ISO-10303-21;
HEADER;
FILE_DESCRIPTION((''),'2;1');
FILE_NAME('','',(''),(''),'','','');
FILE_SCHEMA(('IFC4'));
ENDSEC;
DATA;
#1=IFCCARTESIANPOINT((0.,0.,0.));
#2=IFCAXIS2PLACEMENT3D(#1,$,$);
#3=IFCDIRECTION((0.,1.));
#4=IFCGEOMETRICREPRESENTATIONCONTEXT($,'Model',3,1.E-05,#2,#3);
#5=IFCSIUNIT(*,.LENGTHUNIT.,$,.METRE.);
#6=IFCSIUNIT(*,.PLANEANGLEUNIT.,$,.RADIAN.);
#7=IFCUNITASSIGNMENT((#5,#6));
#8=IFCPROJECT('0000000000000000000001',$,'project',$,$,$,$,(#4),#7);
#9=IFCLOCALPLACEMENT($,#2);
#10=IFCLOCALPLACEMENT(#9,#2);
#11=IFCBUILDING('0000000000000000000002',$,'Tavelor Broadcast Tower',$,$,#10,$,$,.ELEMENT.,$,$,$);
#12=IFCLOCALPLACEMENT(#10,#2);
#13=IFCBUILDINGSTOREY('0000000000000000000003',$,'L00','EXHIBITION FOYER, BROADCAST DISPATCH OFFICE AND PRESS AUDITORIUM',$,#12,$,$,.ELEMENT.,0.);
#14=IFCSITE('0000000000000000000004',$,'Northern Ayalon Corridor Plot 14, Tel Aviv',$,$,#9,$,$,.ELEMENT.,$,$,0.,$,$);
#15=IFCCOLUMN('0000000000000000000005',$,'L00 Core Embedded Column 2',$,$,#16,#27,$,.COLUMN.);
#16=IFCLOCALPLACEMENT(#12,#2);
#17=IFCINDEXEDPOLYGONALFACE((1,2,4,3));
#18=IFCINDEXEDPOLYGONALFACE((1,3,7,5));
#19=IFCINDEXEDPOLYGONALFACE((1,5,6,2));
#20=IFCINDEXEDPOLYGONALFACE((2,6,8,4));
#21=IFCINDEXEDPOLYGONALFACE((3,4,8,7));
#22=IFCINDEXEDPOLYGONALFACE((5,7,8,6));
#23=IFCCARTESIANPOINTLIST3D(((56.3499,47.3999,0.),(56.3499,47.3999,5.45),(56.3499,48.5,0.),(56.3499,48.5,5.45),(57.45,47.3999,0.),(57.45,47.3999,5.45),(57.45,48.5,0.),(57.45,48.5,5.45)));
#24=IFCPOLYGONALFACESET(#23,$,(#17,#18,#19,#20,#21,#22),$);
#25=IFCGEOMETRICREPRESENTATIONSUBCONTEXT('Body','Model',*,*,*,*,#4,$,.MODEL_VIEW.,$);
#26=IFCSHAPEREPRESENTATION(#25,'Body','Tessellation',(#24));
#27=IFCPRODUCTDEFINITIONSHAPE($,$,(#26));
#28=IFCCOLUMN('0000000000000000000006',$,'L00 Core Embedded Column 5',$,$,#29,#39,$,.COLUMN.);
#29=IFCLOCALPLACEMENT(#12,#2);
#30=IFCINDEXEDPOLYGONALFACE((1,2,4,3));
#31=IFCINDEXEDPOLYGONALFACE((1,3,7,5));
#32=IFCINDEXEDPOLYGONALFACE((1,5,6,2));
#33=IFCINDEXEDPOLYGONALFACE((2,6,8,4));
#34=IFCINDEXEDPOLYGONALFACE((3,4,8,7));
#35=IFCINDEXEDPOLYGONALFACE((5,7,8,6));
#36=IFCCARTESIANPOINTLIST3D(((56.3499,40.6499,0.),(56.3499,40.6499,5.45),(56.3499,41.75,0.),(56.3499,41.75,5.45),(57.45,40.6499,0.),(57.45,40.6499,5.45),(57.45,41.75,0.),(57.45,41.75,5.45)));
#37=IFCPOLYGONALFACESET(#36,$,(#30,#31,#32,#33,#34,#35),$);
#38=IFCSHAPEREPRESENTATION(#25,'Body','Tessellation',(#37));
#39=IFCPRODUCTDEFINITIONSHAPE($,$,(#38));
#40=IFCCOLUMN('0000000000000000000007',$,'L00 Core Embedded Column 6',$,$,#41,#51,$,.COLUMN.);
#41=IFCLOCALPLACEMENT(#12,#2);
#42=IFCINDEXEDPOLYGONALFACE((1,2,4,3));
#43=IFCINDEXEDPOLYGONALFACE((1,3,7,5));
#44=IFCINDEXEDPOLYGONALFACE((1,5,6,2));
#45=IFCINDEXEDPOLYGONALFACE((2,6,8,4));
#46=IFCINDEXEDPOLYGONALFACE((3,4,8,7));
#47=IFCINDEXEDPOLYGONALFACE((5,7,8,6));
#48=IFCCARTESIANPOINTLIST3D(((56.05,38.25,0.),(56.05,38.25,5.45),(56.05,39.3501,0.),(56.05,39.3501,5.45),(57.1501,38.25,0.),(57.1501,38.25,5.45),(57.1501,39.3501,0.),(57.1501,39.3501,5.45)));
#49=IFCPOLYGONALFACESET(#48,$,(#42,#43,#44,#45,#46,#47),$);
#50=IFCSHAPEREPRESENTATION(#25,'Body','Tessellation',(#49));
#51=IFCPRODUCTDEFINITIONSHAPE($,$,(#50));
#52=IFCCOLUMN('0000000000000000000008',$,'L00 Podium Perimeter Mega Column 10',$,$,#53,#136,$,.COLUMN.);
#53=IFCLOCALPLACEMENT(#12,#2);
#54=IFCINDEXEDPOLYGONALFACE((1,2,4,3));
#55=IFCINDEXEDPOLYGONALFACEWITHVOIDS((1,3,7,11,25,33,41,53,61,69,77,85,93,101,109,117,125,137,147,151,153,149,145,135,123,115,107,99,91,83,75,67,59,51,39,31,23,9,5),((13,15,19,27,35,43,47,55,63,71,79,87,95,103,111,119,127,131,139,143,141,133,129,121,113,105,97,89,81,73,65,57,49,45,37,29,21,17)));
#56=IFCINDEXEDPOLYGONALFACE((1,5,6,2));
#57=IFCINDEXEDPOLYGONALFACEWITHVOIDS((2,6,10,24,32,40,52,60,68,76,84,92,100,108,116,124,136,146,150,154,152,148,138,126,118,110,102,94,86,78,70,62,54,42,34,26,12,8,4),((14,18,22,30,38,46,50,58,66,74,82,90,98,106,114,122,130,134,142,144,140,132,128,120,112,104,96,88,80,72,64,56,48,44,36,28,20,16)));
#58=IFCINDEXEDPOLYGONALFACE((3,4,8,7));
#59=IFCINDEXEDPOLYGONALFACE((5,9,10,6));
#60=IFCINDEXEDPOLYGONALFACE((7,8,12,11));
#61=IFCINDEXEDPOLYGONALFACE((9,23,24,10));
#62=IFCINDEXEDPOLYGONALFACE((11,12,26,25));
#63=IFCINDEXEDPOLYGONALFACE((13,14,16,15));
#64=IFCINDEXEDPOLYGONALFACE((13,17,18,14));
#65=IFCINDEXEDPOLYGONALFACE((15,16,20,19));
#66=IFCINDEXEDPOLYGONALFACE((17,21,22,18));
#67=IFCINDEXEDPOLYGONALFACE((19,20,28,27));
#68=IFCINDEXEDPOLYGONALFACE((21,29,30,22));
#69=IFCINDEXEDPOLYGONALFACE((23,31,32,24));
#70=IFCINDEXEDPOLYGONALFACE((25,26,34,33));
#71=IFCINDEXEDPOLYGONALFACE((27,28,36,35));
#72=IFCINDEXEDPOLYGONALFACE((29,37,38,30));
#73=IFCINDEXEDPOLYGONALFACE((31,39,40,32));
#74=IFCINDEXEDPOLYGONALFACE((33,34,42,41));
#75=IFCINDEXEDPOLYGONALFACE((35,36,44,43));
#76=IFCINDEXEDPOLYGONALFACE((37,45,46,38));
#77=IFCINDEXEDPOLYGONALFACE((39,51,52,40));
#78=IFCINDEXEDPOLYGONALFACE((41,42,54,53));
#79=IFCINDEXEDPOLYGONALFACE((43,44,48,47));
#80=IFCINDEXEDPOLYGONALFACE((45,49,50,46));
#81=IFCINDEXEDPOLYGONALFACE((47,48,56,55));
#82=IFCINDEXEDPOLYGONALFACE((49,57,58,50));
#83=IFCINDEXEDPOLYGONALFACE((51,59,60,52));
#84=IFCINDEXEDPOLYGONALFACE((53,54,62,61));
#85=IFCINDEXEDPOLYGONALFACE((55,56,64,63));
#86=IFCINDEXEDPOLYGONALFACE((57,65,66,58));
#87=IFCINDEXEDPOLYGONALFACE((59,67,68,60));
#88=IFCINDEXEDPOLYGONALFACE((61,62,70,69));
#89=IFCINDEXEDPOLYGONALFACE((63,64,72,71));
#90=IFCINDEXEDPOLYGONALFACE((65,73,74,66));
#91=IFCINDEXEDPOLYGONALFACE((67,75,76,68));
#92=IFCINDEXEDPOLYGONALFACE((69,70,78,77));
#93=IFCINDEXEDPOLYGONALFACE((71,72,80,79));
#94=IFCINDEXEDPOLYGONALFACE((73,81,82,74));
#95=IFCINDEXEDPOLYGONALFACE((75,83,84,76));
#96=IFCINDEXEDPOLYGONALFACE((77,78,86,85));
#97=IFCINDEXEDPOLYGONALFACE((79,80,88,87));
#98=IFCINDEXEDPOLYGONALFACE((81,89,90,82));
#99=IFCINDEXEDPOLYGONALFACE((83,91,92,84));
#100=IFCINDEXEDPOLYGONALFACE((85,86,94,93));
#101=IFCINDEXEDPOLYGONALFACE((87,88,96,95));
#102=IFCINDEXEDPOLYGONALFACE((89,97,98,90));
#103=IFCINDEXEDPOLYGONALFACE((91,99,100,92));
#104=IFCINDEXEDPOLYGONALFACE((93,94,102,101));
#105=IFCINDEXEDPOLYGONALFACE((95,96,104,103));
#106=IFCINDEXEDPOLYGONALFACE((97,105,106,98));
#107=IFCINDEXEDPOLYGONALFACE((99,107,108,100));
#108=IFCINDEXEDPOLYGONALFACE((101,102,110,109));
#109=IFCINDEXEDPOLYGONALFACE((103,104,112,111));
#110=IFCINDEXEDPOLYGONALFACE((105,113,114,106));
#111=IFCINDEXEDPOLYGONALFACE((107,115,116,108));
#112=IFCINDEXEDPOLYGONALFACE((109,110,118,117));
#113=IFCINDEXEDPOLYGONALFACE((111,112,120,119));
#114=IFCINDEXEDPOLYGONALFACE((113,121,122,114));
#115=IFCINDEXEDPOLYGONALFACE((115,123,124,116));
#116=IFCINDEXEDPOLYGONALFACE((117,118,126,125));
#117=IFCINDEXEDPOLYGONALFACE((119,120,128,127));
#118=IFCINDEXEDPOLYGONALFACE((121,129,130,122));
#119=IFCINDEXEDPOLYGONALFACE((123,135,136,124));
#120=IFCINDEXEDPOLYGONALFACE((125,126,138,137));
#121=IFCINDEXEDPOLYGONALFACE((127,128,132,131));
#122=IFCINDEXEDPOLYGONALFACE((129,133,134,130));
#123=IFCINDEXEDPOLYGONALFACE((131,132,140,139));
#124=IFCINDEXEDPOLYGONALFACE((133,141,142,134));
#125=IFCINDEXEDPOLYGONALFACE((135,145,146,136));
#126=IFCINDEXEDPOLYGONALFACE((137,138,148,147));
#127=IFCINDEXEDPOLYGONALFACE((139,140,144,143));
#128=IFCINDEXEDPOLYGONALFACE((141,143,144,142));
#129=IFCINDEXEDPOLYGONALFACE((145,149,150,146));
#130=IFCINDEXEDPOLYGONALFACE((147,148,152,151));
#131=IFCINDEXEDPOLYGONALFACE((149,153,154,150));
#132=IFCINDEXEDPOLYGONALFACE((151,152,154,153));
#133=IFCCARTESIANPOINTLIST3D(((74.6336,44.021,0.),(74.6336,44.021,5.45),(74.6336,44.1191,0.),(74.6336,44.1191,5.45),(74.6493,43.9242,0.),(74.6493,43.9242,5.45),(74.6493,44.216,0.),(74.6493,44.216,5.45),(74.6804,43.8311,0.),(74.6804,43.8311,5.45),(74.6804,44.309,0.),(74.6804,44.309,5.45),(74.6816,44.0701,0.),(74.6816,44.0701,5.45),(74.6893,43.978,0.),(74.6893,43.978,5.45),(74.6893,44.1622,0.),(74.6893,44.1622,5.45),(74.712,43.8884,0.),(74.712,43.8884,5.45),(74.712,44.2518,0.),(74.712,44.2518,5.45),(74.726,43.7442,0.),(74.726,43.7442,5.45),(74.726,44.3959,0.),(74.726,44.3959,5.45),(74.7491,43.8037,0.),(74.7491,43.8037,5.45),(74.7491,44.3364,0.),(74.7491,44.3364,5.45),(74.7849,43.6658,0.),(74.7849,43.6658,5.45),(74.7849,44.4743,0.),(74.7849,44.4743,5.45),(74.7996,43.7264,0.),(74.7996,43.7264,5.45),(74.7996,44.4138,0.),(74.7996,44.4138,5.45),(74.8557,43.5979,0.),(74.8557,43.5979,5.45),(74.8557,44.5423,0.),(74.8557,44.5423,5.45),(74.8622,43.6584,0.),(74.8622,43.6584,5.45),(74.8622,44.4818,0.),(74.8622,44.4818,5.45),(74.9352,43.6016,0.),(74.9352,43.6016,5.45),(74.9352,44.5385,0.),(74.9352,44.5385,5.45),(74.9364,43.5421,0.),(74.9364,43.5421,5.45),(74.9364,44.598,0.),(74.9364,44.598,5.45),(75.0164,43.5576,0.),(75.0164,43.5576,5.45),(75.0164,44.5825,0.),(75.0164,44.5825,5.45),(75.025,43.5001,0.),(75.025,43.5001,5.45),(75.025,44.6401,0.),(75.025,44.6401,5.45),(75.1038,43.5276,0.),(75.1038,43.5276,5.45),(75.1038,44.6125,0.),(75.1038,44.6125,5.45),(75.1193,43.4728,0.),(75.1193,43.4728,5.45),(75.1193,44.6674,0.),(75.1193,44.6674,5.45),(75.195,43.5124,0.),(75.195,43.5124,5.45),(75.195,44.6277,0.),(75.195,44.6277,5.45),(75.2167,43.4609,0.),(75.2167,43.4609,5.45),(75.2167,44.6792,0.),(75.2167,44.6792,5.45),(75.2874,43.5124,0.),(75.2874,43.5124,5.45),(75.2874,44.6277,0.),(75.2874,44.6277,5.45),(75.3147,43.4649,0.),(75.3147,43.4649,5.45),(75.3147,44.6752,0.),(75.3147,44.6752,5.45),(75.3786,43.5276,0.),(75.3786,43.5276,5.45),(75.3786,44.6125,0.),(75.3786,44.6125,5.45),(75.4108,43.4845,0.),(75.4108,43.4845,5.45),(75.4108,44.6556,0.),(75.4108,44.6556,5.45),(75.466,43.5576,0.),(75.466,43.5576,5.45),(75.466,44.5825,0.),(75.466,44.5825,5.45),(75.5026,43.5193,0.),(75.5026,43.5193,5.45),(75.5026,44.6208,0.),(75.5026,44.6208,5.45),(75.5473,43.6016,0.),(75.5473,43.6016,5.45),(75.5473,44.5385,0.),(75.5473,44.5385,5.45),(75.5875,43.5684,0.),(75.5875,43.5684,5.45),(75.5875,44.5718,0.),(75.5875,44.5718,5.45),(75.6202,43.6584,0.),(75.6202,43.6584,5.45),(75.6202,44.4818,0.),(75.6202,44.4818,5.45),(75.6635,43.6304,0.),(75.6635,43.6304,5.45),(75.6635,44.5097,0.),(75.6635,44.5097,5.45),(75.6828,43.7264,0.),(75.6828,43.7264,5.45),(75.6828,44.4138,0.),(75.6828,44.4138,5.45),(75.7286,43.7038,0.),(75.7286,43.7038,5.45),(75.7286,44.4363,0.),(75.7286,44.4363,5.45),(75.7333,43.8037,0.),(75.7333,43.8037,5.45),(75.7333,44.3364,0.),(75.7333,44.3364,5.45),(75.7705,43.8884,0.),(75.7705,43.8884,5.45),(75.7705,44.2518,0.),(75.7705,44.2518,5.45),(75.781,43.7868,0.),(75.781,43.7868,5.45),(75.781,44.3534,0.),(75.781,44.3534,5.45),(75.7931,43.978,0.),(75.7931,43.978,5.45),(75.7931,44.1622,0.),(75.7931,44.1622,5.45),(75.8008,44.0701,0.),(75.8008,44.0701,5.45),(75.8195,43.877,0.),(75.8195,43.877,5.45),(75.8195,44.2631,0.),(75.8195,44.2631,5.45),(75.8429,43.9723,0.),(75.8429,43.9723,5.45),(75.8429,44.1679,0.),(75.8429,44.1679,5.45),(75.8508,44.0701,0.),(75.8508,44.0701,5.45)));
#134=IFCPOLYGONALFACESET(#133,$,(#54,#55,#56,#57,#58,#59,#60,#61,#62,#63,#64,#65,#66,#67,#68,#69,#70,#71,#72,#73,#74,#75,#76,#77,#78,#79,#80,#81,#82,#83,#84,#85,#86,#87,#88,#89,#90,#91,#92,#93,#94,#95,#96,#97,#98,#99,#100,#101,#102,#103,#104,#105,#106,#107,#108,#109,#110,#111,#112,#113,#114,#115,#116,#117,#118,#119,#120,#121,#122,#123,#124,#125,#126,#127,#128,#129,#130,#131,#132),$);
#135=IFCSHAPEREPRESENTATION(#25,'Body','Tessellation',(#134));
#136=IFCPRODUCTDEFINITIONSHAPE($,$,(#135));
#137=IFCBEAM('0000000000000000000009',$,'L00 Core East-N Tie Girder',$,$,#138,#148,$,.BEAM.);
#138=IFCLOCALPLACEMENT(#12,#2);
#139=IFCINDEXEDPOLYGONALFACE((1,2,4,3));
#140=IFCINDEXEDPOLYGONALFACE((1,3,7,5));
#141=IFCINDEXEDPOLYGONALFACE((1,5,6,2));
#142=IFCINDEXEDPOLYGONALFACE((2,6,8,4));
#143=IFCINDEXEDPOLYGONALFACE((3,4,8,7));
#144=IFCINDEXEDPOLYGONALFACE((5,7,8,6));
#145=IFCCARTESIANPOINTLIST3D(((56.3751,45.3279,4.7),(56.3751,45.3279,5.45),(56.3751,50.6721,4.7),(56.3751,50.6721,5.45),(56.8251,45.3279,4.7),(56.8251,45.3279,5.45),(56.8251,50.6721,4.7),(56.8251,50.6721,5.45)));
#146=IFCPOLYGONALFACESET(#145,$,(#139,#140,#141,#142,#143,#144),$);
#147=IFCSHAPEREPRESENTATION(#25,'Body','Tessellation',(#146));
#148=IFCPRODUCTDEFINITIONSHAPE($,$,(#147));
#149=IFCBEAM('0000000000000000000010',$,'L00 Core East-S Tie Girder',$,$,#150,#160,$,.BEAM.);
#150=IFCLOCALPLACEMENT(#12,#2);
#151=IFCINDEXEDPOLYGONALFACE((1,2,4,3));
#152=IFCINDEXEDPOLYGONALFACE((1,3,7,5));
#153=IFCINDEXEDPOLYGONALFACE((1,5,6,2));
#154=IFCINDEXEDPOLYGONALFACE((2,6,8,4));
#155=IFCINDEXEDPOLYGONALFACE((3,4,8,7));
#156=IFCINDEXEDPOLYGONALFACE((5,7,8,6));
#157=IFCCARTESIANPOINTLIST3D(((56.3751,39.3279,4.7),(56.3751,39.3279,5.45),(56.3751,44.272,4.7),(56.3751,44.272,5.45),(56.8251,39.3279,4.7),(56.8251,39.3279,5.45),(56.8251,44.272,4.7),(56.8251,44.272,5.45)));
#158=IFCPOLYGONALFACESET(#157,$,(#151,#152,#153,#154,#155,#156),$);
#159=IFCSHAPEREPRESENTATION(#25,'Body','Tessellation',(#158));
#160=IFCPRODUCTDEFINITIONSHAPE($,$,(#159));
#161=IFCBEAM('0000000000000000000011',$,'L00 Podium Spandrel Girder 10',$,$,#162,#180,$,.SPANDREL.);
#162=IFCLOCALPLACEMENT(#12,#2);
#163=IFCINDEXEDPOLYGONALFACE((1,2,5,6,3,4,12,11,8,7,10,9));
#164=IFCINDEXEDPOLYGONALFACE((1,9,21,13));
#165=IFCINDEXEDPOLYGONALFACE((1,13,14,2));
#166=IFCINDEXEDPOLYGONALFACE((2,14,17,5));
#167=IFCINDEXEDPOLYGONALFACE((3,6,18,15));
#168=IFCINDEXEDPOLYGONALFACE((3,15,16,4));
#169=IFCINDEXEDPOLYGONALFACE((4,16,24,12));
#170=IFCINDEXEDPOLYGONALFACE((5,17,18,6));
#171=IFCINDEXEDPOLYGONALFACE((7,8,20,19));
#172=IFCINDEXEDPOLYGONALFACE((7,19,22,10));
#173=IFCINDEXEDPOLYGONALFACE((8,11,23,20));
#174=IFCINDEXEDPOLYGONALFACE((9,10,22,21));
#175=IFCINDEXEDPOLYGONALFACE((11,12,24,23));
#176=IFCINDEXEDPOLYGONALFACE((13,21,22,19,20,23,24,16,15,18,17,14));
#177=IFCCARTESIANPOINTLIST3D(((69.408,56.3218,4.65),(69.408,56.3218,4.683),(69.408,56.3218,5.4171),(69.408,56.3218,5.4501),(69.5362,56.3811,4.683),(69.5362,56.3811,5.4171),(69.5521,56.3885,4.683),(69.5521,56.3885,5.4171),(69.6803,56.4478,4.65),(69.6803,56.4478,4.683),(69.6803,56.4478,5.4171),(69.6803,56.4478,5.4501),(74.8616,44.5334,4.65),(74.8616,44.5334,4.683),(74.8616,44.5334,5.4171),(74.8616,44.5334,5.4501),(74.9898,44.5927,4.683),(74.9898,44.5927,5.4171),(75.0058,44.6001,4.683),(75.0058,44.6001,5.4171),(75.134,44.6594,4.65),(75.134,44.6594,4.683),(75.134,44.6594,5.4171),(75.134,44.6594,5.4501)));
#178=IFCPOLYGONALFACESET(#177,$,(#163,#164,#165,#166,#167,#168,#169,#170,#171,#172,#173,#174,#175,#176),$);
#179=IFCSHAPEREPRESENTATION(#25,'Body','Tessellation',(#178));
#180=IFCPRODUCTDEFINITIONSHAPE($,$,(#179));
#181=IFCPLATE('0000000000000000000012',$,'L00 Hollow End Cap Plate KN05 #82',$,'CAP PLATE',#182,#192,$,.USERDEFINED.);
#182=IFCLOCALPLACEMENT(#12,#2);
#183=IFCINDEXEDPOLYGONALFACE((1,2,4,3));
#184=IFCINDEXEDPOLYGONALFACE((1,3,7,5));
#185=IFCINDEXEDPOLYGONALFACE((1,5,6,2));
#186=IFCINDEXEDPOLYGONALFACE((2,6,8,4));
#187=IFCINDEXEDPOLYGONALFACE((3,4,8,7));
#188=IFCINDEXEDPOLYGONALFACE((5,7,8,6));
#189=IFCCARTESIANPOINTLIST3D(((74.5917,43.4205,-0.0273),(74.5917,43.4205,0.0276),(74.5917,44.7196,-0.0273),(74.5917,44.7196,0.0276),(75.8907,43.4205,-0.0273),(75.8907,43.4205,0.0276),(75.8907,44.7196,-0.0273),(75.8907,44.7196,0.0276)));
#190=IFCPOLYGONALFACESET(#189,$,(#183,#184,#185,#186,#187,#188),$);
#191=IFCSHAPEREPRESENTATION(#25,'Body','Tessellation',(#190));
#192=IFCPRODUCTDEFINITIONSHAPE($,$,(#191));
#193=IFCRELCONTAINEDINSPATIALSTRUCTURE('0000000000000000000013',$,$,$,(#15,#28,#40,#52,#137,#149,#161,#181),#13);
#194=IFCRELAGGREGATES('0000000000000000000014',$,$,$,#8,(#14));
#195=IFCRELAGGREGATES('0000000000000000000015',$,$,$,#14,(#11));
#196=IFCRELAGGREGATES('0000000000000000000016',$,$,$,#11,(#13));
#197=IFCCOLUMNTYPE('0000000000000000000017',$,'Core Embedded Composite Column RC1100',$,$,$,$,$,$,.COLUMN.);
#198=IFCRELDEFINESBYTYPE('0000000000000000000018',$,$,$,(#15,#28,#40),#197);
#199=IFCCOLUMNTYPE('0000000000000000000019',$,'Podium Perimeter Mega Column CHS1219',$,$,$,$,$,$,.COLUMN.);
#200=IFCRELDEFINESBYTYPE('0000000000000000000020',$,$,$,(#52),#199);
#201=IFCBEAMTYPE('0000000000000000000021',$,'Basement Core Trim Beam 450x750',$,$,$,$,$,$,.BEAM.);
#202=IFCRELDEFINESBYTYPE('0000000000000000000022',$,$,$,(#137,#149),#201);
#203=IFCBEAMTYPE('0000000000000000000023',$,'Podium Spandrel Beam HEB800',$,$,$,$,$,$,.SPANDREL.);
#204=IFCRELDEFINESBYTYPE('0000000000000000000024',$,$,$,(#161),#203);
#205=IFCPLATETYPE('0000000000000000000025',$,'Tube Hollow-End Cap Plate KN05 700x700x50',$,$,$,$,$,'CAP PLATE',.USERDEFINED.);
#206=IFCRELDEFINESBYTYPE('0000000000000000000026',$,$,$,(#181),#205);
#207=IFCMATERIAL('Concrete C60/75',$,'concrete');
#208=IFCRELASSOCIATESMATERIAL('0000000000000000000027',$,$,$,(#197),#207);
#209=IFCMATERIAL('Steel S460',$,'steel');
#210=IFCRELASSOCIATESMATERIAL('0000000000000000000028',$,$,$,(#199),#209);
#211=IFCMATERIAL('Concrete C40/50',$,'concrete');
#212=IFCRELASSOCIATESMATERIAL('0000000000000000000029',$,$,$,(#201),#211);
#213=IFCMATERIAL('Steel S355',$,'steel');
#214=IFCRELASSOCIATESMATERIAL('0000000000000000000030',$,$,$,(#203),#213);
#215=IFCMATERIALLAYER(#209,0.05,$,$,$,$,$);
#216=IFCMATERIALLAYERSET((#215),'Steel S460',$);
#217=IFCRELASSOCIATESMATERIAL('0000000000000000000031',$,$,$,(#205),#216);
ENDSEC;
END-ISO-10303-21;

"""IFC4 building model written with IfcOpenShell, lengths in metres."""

from ifc_helpers import new_model, si_unit, direction, frame, origin, origin_2d, place, context, subcontext, project, spatial, rectangle, hollow_circle, i_section, extrude, source, transform, mapped, material, layer, layer_set, material_profile, profile_set, type_object, type_shapes, element, save


model = new_model("IFC4")

# Units and contexts
model_context = context("Model", 3, precision=1e-05, world=origin(), true_north=direction((0.0, 1.0)))
body_context = subcontext(model_context, "Body", "Model", "MODEL_VIEW")
ifc_project = project(units=[si_unit("LENGTHUNIT", "METRE"), si_unit("PLANEANGLEUNIT", "RADIAN")], contexts=[model_context])

# Site, building, storey
site_placement = place(None, origin())
site = spatial("IfcSite", under=ifc_project, at=site_placement, Name="Northern Ayalon Corridor Plot 14, Tel Aviv", CompositionType="ELEMENT", RefElevation=0.0)
building_placement = place(site_placement, origin())
building = spatial("IfcBuilding", under=site, at=building_placement, Name="Tavelor Broadcast Tower", CompositionType="ELEMENT")
storey_placement = place(building_placement, origin())
storey = spatial("IfcBuildingStorey", under=building, at=storey_placement, Name="L00", Description="EXHIBITION FOYER, BROADCAST DISPATCH OFFICE AND PRESS AUDITORIUM", CompositionType="ELEMENT", Elevation=0.0)

# Columns
ifc_material_1 = material(Name="Concrete C60/75", Category="concrete")
ifc_material_profile_1 = material_profile(ifc_material_1, rectangle(XDim=1.1001, YDim=1.1001, at=origin_2d()), Name="RC 1100x1100")
ifc_profile_set_1 = profile_set([ifc_material_profile_1], Name="Concrete C60/75")
column_type_1 = type_object("IfcColumnType", Name="Core Embedded Composite Column RC1100", PredefinedType="COLUMN", material=ifc_profile_set_1)
for number, where, z_axis, x_axis, name in (
    (1, (56.8999, 47.95, 0.0), (0.0, 0.0, 1.0), (1.0, 0.0, 0.0), "L00 Core Embedded Column 2"),
    (2, (56.8999, 41.2, 0.0), (0.0, 0.0, 1.0), (1.0, 0.0, 0.0), "L00 Core Embedded Column 5"),
    (3, (56.6001, 38.8, 0.0), (0.0, 0.0, 1.0), (1.0, 0.0, 0.0), "L00 Core Embedded Column 6"),
):
    element("IfcColumn", number, at=place(storey_placement, frame(where, z_axis=z_axis, x_axis=x_axis)), inside=storey, type_object=column_type_1, Name=name, PredefinedType="COLUMN", context=body_context, shape_type="SweptSolid", body=[
        extrude(rectangle(XDim=1.1001, YDim=1.1001, at=origin_2d()), origin(), (0.0, 0.0, 1.0), 5.45),
    ])
ifc_material_2 = material(Name="Steel S460", Category="steel")
ifc_material_profile_2 = material_profile(ifc_material_2, hollow_circle(Radius=0.6096, WallThickness=0.05, at=origin_2d()), Name="CHS 1219x50")
ifc_profile_set_2 = profile_set([ifc_material_profile_2], Name="Steel S460")
column_type_2 = type_object("IfcColumnType", Name="Podium Perimeter Mega Column CHS1219", PredefinedType="COLUMN", material=ifc_profile_set_2)
column_placement = place(storey_placement, frame((75.2412, 44.0701, 0.0), z_axis=(0.0, 0.0, 1.0), x_axis=(1.0, 0.0, 0.0)))
element("IfcColumn", 4, at=column_placement, inside=storey, type_object=column_type_2, Name="L00 Podium Perimeter Mega Column 10", PredefinedType="COLUMN", context=body_context, shape_type="SweptSolid", body=[
    extrude(hollow_circle(Radius=0.6096, WallThickness=0.05, at=origin_2d()), origin(), (0.0, 0.0, 1.0), 5.45),
])

# Beams
ifc_material_3 = material(Name="Concrete C40/50", Category="concrete")
ifc_material_profile_3 = material_profile(ifc_material_3, rectangle(XDim=0.45, YDim=0.75, at=origin_2d()), Name="RC 450x750")
ifc_profile_set_3 = profile_set([ifc_material_profile_3], Name="Concrete C40/50")
beam_type_1 = type_object("IfcBeamType", Name="Basement Core Trim Beam 450x750", PredefinedType="BEAM", material=ifc_profile_set_3)
beam_1_placement = place(storey_placement, frame((56.6001, 45.3279, 5.075), z_axis=(0.0, 1.0, 0.0), x_axis=(-1.0, 0.0, 0.0)))
element("IfcBeam", 5, at=beam_1_placement, inside=storey, type_object=beam_type_1, Name="L00 Core East-N Tie Girder", PredefinedType="BEAM", context=body_context, shape_type="SweptSolid", body=[
    extrude(rectangle(XDim=0.45, YDim=0.75, at=origin_2d()), origin(), (0.0, 0.0, 1.0), 5.3442),
])
beam_2_placement = place(storey_placement, frame((56.6001, 39.3279, 5.075), z_axis=(0.0, 1.0, 0.0), x_axis=(-1.0, 0.0, 0.0)))
element("IfcBeam", 6, at=beam_2_placement, inside=storey, type_object=beam_type_1, Name="L00 Core East-S Tie Girder", PredefinedType="BEAM", context=body_context, shape_type="SweptSolid", body=[
    extrude(rectangle(XDim=0.45, YDim=0.75, at=origin_2d()), origin(), (0.0, 0.0, 1.0), 4.9441),
])
ifc_material_4 = material(Name="Steel S355", Category="steel")
ifc_material_profile_4 = material_profile(ifc_material_4, i_section(OverallWidth=0.3, OverallDepth=0.8, WebThickness=0.0176, FlangeThickness=0.033, at=origin_2d()), Name="HEB 800")
ifc_profile_set_4 = profile_set([ifc_material_profile_4], Name="Steel S355")
beam_type_2 = type_object("IfcBeamType", Name="Podium Spandrel Beam HEB800", PredefinedType="SPANDREL", material=ifc_profile_set_4)
beam_3_placement = place(storey_placement, frame((74.9978, 44.5964, 5.05), z_axis=(-0.419873, 0.907583, 0.0), x_axis=(-0.907583, -0.419873, 0.0)))
element("IfcBeam", 7, at=beam_3_placement, inside=storey, type_object=beam_type_2, Name="L00 Podium Spandrel Girder 10", PredefinedType="SPANDREL", context=body_context, shape_type="SweptSolid", body=[
    extrude(i_section(OverallWidth=0.3, OverallDepth=0.8, WebThickness=0.0176, FlangeThickness=0.033, at=origin_2d()), origin(), (0.0, 0.0, 1.0), 12.9888),
])

# Plate
ifc_layer_1 = layer(ifc_material_2, 0.05)
ifc_layer_set_1 = layer_set([ifc_layer_1], Name="Steel S460")
plate_type = type_object("IfcPlateType", Name="Tube Hollow-End Cap Plate KN05 700x700x50", ElementType="CAP PLATE", PredefinedType="USERDEFINED", material=ifc_layer_set_1)
shared_shape = source(origin(), body_context, "Body", "SweptSolid", [
    extrude(rectangle(XDim=1.2991, YDim=1.2991, at=origin_2d()), origin(), (0.0, 0.0, 1.0), 0.0549),
])
type_shapes(plate_type, [shared_shape])
for number, where, z_axis, x_axis, name in (
    (8, (75.2412, 44.0701, -0.0273), (0.0, 0.0, 1.0), (1.0, 0.0, 0.0), "L00 Hollow End Cap Plate KN05 #82"),
):
    element("IfcPlate", number, at=place(storey_placement, frame(where, z_axis=z_axis, x_axis=x_axis)), inside=storey, type_object=plate_type, Name=name, ObjectType="CAP PLATE", PredefinedType="USERDEFINED", context=body_context, shape_type="MappedRepresentation", body=[
        mapped(shared_shape, transform((0.0, 0.0, 0.0), scale=1.0)),
    ])

save(model, "model.ifc")
